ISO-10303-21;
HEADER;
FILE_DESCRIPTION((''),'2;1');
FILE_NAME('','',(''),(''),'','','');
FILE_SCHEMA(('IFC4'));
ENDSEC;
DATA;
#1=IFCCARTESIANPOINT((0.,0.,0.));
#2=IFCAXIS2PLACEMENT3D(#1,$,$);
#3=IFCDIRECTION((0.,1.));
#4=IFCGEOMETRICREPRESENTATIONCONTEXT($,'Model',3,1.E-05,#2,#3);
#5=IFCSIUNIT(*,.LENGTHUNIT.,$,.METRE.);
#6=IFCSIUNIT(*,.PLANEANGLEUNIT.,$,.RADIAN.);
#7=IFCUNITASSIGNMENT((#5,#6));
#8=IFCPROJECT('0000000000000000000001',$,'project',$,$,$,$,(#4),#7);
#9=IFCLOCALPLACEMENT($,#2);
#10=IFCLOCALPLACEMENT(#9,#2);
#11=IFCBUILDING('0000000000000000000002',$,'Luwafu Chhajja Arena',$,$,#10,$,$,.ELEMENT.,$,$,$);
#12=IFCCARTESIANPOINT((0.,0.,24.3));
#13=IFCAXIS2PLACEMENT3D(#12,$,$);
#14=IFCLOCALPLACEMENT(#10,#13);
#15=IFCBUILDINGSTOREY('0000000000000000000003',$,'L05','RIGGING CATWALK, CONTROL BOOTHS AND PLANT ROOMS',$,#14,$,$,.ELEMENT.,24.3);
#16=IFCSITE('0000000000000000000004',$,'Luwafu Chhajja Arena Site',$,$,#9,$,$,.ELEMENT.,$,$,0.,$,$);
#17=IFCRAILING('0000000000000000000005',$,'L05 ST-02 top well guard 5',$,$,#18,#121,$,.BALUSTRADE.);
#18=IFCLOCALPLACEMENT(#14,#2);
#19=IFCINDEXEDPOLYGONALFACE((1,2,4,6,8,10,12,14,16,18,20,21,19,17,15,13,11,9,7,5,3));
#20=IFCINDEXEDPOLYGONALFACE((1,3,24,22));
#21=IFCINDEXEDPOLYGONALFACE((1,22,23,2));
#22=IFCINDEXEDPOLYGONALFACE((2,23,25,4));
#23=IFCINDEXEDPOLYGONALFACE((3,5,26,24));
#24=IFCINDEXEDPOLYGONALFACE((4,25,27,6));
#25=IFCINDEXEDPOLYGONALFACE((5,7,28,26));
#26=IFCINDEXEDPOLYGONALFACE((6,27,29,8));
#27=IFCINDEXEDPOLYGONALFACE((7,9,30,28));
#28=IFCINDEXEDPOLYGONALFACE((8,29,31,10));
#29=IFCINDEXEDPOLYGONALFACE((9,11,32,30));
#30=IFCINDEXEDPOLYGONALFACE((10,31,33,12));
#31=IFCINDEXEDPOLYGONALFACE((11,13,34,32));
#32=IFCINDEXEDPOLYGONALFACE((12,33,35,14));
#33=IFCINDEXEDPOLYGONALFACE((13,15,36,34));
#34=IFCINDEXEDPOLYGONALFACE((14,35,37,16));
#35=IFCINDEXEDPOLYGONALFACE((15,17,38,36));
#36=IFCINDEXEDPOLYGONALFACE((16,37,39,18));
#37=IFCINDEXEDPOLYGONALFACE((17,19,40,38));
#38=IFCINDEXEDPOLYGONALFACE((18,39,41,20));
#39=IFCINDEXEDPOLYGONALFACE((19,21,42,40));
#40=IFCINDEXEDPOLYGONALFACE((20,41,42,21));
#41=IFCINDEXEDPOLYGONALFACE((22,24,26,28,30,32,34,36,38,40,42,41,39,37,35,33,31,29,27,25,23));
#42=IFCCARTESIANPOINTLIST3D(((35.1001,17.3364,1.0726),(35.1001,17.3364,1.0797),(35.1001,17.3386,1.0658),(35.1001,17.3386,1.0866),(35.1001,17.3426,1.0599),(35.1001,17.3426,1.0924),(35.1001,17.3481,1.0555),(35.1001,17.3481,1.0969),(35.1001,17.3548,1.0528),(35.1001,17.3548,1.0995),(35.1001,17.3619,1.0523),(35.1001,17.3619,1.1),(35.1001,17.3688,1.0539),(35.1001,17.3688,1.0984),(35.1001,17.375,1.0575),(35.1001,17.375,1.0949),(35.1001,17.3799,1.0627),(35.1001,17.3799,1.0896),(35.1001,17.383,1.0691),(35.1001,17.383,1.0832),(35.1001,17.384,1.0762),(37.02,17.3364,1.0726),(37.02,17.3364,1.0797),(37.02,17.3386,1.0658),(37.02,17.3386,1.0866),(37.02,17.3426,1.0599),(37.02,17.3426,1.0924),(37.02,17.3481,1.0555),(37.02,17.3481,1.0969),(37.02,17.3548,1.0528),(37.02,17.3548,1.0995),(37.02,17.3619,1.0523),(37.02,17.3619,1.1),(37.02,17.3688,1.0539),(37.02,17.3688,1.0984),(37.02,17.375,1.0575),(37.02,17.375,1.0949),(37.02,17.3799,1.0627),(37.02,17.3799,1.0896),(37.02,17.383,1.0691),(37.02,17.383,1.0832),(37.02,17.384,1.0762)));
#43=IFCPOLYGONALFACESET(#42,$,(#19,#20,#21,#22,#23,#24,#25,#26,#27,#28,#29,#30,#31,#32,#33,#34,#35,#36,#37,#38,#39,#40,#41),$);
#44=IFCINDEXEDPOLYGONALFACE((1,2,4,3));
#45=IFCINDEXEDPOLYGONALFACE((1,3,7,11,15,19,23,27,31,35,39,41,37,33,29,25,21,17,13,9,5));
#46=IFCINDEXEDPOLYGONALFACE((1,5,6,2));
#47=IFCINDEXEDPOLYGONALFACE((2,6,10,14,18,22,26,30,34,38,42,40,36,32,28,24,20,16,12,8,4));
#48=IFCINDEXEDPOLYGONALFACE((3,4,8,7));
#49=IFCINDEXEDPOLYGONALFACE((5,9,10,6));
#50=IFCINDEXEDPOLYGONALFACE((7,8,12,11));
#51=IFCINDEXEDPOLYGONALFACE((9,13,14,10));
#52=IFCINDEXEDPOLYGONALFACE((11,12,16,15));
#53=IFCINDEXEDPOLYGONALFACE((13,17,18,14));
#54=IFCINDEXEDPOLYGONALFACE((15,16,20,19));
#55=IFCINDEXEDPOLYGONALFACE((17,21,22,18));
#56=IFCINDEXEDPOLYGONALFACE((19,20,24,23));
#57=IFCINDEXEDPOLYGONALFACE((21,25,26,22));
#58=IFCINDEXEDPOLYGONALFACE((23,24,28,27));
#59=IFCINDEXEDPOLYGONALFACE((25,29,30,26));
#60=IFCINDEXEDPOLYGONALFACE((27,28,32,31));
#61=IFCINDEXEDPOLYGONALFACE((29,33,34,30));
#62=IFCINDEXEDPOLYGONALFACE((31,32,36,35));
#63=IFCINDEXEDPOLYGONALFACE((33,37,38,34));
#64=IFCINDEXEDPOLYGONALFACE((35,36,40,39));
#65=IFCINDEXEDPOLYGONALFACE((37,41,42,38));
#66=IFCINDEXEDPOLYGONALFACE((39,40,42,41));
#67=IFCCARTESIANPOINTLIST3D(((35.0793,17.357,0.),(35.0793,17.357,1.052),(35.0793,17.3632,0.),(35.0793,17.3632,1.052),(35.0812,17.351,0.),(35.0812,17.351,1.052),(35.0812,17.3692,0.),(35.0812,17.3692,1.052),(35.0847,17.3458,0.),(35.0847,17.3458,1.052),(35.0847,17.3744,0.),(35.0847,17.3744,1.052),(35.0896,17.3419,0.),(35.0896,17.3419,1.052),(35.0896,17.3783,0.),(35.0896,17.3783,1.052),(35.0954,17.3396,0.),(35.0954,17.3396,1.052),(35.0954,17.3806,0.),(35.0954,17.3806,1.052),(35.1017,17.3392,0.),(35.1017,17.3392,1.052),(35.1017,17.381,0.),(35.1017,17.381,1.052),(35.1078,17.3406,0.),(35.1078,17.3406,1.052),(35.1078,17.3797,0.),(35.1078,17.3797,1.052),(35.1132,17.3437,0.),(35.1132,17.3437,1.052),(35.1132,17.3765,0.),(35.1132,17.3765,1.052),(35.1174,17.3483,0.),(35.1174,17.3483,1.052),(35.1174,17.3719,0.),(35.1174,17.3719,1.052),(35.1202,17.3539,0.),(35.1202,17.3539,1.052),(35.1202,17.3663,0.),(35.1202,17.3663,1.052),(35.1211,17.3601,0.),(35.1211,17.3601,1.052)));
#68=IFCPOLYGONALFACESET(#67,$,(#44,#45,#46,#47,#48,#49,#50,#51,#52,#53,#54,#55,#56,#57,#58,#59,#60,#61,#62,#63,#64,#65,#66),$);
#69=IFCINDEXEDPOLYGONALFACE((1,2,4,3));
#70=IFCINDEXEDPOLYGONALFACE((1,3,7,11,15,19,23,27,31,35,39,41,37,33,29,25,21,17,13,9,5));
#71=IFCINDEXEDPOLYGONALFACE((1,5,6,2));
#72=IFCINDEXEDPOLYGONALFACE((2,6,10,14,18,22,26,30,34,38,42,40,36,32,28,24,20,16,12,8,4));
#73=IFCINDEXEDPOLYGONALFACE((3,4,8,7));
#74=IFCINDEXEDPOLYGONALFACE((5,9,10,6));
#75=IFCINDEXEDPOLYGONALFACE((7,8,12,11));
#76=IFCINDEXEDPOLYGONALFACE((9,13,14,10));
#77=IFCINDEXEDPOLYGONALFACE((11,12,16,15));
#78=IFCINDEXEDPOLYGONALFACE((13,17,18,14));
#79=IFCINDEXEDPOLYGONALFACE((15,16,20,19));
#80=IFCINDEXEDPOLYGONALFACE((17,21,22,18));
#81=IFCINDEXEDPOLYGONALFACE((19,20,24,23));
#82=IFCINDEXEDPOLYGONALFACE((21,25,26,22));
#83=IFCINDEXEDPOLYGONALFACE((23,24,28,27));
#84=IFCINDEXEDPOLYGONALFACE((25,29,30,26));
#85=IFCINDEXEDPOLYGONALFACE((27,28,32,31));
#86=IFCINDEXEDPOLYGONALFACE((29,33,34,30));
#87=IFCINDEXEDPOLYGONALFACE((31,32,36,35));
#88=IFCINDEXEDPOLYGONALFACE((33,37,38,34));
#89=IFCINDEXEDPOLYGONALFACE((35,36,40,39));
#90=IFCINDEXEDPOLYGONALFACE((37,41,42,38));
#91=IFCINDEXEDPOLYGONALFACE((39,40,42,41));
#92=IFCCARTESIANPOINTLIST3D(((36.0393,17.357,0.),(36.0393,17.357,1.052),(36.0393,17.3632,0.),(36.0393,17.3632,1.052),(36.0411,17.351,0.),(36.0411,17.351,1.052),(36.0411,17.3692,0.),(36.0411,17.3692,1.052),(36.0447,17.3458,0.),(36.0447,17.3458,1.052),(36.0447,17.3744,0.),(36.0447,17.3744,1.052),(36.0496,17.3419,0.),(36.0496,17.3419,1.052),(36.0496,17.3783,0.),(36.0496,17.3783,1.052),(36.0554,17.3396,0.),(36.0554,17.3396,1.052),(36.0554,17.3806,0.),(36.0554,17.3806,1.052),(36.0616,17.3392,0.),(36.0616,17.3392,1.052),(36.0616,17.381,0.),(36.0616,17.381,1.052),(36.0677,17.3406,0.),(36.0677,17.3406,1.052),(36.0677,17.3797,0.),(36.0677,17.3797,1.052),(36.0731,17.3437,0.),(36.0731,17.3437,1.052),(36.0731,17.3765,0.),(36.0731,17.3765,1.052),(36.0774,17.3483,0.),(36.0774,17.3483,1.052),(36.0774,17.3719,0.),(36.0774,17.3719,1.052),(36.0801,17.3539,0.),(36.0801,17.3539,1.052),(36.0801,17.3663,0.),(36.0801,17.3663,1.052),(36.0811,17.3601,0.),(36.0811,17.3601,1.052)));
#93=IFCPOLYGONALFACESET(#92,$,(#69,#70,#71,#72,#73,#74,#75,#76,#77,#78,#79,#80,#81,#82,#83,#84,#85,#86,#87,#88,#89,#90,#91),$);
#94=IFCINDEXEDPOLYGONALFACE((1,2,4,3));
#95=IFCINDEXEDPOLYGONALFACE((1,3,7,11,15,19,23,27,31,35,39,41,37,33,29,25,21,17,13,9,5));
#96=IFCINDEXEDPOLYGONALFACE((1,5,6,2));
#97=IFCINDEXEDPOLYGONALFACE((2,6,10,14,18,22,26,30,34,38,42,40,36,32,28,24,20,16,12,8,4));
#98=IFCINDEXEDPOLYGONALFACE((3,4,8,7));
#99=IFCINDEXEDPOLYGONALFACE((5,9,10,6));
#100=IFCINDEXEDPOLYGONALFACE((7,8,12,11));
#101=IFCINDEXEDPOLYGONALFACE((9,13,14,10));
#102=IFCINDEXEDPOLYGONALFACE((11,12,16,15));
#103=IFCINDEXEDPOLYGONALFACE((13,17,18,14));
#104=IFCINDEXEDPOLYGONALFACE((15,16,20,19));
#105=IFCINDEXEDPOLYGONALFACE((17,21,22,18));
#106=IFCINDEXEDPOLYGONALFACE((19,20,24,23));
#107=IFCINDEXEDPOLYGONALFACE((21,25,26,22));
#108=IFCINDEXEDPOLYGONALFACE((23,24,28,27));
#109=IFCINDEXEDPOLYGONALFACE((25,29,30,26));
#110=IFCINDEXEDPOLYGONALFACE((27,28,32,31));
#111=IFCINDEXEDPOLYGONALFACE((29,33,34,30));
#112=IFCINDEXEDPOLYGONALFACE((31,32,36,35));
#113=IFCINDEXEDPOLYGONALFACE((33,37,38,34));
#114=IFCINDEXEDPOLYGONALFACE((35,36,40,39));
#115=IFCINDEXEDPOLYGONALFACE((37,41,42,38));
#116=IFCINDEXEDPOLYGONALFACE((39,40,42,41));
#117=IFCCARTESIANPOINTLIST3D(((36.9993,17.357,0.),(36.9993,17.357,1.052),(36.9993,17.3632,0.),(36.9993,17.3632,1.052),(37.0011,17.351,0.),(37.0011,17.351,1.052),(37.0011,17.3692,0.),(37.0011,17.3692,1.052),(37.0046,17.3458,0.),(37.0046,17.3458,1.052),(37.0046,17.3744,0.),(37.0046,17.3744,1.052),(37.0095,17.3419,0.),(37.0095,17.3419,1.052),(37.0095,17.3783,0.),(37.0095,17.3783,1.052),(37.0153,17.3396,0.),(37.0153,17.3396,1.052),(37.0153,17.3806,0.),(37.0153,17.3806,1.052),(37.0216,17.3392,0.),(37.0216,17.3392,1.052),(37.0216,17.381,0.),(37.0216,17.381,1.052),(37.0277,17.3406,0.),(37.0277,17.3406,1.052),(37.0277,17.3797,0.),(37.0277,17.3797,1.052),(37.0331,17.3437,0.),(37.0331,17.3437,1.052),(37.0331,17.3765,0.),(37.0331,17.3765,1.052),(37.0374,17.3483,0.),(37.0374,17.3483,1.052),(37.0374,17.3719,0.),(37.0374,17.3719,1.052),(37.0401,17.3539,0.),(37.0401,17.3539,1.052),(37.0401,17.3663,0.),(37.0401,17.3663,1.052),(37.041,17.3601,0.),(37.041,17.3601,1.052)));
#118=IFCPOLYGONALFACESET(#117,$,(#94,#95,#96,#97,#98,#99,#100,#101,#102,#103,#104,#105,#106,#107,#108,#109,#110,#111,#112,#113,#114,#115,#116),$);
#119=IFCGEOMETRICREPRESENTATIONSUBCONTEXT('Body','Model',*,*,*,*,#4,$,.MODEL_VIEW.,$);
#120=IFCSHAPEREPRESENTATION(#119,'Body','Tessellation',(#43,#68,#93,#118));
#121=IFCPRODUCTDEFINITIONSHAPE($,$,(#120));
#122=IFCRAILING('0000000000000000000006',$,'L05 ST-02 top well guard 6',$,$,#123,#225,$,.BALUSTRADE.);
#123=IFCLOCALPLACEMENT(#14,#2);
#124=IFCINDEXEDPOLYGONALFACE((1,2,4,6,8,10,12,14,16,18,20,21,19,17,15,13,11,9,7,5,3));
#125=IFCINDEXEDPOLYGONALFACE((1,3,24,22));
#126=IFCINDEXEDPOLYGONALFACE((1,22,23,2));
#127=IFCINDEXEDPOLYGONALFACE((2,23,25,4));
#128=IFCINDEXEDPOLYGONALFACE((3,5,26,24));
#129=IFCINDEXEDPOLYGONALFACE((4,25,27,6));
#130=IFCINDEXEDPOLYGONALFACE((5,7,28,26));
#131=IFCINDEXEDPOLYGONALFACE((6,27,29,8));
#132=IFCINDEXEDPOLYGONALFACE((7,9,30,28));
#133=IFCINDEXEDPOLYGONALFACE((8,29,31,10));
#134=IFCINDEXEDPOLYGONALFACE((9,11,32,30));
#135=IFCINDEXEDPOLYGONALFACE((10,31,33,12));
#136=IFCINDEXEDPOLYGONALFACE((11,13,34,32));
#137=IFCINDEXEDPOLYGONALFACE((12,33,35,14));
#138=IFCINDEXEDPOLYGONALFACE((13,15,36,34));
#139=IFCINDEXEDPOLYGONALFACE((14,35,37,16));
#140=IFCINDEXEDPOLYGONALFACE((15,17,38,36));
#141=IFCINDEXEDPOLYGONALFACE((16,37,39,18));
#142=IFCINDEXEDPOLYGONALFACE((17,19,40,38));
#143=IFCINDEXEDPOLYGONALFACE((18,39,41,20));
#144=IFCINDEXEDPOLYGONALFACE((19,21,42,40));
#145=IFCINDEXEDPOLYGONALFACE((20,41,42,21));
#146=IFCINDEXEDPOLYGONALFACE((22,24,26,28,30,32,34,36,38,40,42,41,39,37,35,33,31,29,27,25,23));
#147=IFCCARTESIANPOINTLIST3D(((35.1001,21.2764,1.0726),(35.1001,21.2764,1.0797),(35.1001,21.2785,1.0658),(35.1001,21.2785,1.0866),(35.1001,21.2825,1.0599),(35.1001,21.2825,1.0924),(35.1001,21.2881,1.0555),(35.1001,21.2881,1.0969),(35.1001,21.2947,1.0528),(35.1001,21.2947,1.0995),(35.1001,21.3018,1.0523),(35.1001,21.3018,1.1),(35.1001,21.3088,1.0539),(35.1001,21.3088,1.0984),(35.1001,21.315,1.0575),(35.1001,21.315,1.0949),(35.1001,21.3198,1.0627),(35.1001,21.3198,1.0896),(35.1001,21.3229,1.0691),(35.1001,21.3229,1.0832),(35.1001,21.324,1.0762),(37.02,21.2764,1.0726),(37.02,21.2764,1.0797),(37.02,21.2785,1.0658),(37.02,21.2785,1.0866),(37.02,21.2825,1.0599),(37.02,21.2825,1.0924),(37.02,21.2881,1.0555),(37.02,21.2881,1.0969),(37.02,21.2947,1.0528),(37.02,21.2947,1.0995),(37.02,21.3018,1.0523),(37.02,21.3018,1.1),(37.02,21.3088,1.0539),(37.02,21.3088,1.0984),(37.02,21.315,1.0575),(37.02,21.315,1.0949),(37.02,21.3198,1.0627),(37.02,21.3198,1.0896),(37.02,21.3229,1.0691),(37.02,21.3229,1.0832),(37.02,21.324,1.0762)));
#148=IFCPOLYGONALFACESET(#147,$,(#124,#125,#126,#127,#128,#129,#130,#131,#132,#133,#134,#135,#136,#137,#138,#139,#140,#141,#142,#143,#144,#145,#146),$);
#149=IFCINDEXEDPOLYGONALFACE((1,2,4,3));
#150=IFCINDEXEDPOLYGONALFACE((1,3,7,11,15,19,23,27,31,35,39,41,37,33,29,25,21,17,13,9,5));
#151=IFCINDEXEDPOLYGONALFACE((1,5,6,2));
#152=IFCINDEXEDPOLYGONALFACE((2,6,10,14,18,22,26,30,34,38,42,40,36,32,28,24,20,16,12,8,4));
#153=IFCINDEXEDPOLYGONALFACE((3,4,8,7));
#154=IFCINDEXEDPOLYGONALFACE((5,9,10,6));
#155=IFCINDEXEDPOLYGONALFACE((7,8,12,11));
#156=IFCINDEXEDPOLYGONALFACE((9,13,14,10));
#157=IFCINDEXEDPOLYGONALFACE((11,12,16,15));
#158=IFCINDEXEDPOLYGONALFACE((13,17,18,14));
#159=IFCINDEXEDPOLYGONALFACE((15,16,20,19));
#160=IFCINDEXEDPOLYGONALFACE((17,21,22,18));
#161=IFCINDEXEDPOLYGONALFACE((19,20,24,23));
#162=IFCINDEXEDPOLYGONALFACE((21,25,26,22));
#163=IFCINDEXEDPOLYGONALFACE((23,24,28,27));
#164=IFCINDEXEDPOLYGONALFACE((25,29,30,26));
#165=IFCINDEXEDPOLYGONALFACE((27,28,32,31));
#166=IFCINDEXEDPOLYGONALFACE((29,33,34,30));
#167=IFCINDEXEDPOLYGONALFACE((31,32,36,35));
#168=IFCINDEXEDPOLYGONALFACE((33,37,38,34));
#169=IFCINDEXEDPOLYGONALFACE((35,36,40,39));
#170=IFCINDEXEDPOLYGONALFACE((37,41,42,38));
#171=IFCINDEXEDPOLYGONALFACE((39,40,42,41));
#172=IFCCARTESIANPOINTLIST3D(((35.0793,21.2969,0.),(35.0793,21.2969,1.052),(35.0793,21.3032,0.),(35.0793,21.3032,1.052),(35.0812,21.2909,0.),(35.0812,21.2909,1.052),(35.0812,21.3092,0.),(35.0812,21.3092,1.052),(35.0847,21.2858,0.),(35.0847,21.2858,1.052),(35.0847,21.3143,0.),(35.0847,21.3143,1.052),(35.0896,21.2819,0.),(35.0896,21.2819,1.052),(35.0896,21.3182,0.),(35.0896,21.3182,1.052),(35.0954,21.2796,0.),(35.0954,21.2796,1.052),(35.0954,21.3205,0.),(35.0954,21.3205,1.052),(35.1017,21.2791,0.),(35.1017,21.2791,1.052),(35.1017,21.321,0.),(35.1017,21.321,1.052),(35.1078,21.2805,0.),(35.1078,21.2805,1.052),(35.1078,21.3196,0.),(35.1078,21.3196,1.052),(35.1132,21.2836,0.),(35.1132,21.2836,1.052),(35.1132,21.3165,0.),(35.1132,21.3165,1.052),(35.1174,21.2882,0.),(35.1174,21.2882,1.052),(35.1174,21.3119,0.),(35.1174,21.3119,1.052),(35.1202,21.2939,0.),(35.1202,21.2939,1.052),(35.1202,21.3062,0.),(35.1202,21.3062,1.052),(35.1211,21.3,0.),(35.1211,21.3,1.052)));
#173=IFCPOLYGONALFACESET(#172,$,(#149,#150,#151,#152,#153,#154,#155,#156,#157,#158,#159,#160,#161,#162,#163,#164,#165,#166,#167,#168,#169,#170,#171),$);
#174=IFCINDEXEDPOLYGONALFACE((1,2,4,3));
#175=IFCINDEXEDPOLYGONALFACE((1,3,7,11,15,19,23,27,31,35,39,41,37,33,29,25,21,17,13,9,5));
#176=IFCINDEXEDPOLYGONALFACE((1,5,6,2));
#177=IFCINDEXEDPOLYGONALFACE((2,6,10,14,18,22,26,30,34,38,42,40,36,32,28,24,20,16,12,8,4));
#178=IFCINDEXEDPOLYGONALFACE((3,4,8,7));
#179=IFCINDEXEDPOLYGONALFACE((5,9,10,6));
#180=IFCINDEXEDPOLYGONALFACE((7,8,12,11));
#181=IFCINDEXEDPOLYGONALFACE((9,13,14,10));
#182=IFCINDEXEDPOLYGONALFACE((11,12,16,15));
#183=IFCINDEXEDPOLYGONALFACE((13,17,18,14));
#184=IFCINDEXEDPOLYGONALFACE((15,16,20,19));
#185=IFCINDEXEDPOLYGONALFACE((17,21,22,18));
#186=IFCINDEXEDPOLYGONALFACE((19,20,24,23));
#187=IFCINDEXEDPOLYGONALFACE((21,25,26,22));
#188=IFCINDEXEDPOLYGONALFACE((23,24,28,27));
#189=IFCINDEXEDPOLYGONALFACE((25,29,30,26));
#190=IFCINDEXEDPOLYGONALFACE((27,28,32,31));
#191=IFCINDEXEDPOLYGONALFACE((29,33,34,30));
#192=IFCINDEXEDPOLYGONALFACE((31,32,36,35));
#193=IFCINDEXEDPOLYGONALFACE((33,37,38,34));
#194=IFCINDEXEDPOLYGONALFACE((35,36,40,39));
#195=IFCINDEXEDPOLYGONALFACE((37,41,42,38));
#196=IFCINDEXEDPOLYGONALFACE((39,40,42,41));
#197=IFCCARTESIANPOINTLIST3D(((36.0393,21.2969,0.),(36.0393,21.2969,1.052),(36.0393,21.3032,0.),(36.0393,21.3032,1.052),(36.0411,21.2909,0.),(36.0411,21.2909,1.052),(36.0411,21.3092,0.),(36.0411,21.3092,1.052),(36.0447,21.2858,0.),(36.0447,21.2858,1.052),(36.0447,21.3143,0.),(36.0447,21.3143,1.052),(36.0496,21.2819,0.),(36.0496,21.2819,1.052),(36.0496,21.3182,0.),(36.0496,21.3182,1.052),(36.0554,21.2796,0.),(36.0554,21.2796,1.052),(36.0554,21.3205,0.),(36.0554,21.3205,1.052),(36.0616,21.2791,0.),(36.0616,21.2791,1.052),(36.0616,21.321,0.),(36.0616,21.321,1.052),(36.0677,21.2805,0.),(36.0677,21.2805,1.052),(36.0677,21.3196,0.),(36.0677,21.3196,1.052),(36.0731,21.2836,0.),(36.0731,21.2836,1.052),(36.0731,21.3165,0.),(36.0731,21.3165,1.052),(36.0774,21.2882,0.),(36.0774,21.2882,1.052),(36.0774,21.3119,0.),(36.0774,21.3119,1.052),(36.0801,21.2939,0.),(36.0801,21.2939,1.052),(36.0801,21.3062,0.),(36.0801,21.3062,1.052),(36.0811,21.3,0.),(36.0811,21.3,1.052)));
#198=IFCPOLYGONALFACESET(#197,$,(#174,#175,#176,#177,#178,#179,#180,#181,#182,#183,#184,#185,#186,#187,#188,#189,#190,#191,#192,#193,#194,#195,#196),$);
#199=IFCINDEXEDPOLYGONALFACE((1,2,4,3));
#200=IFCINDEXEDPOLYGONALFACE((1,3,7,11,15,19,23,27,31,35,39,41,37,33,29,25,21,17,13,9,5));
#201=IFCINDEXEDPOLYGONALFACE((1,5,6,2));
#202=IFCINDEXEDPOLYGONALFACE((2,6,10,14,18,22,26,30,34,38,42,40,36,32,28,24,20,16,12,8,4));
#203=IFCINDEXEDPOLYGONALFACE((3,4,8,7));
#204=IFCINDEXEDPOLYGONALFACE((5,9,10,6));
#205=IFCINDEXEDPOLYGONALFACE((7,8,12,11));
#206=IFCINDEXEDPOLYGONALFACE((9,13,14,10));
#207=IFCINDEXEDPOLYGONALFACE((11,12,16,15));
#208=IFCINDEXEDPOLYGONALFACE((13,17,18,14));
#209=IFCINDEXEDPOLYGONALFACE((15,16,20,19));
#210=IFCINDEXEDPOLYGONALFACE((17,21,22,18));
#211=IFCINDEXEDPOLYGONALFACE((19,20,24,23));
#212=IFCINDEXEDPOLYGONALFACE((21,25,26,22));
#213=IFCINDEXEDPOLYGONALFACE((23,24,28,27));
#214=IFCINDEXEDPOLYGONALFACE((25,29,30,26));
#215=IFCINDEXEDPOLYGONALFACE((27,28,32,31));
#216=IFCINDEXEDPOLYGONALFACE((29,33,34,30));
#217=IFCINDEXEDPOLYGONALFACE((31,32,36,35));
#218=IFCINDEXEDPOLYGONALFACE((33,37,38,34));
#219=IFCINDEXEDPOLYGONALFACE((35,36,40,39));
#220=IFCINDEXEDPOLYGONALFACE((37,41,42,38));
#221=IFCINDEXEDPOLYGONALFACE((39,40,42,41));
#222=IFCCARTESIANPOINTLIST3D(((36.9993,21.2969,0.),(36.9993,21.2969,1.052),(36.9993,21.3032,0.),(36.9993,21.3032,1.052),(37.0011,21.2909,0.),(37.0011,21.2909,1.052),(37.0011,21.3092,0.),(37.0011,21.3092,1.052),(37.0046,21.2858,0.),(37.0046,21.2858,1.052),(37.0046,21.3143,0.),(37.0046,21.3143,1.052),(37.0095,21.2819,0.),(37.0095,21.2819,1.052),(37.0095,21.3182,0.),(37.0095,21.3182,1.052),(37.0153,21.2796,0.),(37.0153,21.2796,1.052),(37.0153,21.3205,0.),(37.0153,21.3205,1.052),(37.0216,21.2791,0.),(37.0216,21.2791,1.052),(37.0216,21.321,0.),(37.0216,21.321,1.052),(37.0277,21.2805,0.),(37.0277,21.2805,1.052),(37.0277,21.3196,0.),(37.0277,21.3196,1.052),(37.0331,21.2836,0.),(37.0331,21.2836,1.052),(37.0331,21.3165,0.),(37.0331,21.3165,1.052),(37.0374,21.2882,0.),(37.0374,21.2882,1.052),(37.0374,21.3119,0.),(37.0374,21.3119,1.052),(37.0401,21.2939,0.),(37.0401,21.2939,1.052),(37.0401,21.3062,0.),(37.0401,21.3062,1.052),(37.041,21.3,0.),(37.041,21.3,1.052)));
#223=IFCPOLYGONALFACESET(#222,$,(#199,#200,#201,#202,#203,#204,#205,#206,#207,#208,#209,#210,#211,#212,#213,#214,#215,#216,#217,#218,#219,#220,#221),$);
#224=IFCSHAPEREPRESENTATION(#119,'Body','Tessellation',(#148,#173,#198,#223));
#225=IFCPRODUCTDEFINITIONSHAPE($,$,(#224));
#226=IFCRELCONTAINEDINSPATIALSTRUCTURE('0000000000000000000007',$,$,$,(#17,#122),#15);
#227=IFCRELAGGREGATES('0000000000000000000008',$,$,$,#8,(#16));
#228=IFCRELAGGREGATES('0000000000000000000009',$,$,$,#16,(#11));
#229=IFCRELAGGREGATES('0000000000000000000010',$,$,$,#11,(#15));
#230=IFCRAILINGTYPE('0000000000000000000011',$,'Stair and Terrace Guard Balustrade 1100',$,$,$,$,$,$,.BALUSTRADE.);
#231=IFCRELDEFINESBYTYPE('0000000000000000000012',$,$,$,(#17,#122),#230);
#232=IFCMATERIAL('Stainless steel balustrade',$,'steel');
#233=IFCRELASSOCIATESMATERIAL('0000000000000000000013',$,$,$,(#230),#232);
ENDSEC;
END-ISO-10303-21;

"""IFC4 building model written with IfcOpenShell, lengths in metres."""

from ifc_helpers import new_model, si_unit, direction, frame, origin, origin_2d, place, context, subcontext, project, spatial, circle, extrude, material, type_object, element, save


model = new_model("IFC4")

# Units and contexts
model_context = context("Model", 3, precision=1e-05, world=origin(), true_north=direction((0.0, 1.0)))
body_context = subcontext(model_context, "Body", "Model", "MODEL_VIEW")
ifc_project = project(units=[si_unit("LENGTHUNIT", "METRE"), si_unit("PLANEANGLEUNIT", "RADIAN")], contexts=[model_context])

# Site, building, storey
site_placement = place(None, origin())
site = spatial("IfcSite", under=ifc_project, at=site_placement, Name="Luwafu Chhajja Arena Site", CompositionType="ELEMENT", RefElevation=0.0)
building_placement = place(site_placement, origin())
building = spatial("IfcBuilding", under=site, at=building_placement, Name="Luwafu Chhajja Arena", CompositionType="ELEMENT")
storey_placement = place(building_placement, frame((0.0, 0.0, 24.3)))
storey = spatial("IfcBuildingStorey", under=building, at=storey_placement, Name="L05", Description="RIGGING CATWALK, CONTROL BOOTHS AND PLANT ROOMS", CompositionType="ELEMENT", Elevation=24.3)

# Railings
ifc_material_1 = material(Name="Stainless steel balustrade", Category="steel")
railing_type = type_object("IfcRailingType", Name="Stair and Terrace Guard Balustrade 1100", PredefinedType="BALUSTRADE", material=ifc_material_1)
for number, where, name in (
    (1, (35.1001, 17.3601, 0.0), "L05 ST-02 top well guard 5"),
    (2, (35.1001, 21.3, 0.0), "L05 ST-02 top well guard 6"),
):
    element("IfcRailing", number, at=place(storey_placement, frame(where)), inside=storey, type_object=railing_type, Name=name, PredefinedType="BALUSTRADE", context=body_context, shape_type="SweptSolid", body=[
        extrude(circle(Radius=0.0239, at=origin_2d()), frame((0.0, 0.0, 1.0762), z_axis=(1.0, 0.0, 0.0), x_axis=(0.0, 1.0, 0.0)), (0.0, 0.0, 1.0), 1.9199),
        extrude(circle(Radius=0.021, at=origin_2d()), origin(), (0.0, 0.0, 1.0), 1.052),
        extrude(circle(Radius=0.021, at=origin_2d()), frame((0.96, 0.0, 0.0)), (0.0, 0.0, 1.0), 1.052),
        extrude(circle(Radius=0.021, at=origin_2d()), frame((1.9199, 0.0, 0.0)), (0.0, 0.0, 1.0), 1.052),
    ])

save(model, "model.ifc")
